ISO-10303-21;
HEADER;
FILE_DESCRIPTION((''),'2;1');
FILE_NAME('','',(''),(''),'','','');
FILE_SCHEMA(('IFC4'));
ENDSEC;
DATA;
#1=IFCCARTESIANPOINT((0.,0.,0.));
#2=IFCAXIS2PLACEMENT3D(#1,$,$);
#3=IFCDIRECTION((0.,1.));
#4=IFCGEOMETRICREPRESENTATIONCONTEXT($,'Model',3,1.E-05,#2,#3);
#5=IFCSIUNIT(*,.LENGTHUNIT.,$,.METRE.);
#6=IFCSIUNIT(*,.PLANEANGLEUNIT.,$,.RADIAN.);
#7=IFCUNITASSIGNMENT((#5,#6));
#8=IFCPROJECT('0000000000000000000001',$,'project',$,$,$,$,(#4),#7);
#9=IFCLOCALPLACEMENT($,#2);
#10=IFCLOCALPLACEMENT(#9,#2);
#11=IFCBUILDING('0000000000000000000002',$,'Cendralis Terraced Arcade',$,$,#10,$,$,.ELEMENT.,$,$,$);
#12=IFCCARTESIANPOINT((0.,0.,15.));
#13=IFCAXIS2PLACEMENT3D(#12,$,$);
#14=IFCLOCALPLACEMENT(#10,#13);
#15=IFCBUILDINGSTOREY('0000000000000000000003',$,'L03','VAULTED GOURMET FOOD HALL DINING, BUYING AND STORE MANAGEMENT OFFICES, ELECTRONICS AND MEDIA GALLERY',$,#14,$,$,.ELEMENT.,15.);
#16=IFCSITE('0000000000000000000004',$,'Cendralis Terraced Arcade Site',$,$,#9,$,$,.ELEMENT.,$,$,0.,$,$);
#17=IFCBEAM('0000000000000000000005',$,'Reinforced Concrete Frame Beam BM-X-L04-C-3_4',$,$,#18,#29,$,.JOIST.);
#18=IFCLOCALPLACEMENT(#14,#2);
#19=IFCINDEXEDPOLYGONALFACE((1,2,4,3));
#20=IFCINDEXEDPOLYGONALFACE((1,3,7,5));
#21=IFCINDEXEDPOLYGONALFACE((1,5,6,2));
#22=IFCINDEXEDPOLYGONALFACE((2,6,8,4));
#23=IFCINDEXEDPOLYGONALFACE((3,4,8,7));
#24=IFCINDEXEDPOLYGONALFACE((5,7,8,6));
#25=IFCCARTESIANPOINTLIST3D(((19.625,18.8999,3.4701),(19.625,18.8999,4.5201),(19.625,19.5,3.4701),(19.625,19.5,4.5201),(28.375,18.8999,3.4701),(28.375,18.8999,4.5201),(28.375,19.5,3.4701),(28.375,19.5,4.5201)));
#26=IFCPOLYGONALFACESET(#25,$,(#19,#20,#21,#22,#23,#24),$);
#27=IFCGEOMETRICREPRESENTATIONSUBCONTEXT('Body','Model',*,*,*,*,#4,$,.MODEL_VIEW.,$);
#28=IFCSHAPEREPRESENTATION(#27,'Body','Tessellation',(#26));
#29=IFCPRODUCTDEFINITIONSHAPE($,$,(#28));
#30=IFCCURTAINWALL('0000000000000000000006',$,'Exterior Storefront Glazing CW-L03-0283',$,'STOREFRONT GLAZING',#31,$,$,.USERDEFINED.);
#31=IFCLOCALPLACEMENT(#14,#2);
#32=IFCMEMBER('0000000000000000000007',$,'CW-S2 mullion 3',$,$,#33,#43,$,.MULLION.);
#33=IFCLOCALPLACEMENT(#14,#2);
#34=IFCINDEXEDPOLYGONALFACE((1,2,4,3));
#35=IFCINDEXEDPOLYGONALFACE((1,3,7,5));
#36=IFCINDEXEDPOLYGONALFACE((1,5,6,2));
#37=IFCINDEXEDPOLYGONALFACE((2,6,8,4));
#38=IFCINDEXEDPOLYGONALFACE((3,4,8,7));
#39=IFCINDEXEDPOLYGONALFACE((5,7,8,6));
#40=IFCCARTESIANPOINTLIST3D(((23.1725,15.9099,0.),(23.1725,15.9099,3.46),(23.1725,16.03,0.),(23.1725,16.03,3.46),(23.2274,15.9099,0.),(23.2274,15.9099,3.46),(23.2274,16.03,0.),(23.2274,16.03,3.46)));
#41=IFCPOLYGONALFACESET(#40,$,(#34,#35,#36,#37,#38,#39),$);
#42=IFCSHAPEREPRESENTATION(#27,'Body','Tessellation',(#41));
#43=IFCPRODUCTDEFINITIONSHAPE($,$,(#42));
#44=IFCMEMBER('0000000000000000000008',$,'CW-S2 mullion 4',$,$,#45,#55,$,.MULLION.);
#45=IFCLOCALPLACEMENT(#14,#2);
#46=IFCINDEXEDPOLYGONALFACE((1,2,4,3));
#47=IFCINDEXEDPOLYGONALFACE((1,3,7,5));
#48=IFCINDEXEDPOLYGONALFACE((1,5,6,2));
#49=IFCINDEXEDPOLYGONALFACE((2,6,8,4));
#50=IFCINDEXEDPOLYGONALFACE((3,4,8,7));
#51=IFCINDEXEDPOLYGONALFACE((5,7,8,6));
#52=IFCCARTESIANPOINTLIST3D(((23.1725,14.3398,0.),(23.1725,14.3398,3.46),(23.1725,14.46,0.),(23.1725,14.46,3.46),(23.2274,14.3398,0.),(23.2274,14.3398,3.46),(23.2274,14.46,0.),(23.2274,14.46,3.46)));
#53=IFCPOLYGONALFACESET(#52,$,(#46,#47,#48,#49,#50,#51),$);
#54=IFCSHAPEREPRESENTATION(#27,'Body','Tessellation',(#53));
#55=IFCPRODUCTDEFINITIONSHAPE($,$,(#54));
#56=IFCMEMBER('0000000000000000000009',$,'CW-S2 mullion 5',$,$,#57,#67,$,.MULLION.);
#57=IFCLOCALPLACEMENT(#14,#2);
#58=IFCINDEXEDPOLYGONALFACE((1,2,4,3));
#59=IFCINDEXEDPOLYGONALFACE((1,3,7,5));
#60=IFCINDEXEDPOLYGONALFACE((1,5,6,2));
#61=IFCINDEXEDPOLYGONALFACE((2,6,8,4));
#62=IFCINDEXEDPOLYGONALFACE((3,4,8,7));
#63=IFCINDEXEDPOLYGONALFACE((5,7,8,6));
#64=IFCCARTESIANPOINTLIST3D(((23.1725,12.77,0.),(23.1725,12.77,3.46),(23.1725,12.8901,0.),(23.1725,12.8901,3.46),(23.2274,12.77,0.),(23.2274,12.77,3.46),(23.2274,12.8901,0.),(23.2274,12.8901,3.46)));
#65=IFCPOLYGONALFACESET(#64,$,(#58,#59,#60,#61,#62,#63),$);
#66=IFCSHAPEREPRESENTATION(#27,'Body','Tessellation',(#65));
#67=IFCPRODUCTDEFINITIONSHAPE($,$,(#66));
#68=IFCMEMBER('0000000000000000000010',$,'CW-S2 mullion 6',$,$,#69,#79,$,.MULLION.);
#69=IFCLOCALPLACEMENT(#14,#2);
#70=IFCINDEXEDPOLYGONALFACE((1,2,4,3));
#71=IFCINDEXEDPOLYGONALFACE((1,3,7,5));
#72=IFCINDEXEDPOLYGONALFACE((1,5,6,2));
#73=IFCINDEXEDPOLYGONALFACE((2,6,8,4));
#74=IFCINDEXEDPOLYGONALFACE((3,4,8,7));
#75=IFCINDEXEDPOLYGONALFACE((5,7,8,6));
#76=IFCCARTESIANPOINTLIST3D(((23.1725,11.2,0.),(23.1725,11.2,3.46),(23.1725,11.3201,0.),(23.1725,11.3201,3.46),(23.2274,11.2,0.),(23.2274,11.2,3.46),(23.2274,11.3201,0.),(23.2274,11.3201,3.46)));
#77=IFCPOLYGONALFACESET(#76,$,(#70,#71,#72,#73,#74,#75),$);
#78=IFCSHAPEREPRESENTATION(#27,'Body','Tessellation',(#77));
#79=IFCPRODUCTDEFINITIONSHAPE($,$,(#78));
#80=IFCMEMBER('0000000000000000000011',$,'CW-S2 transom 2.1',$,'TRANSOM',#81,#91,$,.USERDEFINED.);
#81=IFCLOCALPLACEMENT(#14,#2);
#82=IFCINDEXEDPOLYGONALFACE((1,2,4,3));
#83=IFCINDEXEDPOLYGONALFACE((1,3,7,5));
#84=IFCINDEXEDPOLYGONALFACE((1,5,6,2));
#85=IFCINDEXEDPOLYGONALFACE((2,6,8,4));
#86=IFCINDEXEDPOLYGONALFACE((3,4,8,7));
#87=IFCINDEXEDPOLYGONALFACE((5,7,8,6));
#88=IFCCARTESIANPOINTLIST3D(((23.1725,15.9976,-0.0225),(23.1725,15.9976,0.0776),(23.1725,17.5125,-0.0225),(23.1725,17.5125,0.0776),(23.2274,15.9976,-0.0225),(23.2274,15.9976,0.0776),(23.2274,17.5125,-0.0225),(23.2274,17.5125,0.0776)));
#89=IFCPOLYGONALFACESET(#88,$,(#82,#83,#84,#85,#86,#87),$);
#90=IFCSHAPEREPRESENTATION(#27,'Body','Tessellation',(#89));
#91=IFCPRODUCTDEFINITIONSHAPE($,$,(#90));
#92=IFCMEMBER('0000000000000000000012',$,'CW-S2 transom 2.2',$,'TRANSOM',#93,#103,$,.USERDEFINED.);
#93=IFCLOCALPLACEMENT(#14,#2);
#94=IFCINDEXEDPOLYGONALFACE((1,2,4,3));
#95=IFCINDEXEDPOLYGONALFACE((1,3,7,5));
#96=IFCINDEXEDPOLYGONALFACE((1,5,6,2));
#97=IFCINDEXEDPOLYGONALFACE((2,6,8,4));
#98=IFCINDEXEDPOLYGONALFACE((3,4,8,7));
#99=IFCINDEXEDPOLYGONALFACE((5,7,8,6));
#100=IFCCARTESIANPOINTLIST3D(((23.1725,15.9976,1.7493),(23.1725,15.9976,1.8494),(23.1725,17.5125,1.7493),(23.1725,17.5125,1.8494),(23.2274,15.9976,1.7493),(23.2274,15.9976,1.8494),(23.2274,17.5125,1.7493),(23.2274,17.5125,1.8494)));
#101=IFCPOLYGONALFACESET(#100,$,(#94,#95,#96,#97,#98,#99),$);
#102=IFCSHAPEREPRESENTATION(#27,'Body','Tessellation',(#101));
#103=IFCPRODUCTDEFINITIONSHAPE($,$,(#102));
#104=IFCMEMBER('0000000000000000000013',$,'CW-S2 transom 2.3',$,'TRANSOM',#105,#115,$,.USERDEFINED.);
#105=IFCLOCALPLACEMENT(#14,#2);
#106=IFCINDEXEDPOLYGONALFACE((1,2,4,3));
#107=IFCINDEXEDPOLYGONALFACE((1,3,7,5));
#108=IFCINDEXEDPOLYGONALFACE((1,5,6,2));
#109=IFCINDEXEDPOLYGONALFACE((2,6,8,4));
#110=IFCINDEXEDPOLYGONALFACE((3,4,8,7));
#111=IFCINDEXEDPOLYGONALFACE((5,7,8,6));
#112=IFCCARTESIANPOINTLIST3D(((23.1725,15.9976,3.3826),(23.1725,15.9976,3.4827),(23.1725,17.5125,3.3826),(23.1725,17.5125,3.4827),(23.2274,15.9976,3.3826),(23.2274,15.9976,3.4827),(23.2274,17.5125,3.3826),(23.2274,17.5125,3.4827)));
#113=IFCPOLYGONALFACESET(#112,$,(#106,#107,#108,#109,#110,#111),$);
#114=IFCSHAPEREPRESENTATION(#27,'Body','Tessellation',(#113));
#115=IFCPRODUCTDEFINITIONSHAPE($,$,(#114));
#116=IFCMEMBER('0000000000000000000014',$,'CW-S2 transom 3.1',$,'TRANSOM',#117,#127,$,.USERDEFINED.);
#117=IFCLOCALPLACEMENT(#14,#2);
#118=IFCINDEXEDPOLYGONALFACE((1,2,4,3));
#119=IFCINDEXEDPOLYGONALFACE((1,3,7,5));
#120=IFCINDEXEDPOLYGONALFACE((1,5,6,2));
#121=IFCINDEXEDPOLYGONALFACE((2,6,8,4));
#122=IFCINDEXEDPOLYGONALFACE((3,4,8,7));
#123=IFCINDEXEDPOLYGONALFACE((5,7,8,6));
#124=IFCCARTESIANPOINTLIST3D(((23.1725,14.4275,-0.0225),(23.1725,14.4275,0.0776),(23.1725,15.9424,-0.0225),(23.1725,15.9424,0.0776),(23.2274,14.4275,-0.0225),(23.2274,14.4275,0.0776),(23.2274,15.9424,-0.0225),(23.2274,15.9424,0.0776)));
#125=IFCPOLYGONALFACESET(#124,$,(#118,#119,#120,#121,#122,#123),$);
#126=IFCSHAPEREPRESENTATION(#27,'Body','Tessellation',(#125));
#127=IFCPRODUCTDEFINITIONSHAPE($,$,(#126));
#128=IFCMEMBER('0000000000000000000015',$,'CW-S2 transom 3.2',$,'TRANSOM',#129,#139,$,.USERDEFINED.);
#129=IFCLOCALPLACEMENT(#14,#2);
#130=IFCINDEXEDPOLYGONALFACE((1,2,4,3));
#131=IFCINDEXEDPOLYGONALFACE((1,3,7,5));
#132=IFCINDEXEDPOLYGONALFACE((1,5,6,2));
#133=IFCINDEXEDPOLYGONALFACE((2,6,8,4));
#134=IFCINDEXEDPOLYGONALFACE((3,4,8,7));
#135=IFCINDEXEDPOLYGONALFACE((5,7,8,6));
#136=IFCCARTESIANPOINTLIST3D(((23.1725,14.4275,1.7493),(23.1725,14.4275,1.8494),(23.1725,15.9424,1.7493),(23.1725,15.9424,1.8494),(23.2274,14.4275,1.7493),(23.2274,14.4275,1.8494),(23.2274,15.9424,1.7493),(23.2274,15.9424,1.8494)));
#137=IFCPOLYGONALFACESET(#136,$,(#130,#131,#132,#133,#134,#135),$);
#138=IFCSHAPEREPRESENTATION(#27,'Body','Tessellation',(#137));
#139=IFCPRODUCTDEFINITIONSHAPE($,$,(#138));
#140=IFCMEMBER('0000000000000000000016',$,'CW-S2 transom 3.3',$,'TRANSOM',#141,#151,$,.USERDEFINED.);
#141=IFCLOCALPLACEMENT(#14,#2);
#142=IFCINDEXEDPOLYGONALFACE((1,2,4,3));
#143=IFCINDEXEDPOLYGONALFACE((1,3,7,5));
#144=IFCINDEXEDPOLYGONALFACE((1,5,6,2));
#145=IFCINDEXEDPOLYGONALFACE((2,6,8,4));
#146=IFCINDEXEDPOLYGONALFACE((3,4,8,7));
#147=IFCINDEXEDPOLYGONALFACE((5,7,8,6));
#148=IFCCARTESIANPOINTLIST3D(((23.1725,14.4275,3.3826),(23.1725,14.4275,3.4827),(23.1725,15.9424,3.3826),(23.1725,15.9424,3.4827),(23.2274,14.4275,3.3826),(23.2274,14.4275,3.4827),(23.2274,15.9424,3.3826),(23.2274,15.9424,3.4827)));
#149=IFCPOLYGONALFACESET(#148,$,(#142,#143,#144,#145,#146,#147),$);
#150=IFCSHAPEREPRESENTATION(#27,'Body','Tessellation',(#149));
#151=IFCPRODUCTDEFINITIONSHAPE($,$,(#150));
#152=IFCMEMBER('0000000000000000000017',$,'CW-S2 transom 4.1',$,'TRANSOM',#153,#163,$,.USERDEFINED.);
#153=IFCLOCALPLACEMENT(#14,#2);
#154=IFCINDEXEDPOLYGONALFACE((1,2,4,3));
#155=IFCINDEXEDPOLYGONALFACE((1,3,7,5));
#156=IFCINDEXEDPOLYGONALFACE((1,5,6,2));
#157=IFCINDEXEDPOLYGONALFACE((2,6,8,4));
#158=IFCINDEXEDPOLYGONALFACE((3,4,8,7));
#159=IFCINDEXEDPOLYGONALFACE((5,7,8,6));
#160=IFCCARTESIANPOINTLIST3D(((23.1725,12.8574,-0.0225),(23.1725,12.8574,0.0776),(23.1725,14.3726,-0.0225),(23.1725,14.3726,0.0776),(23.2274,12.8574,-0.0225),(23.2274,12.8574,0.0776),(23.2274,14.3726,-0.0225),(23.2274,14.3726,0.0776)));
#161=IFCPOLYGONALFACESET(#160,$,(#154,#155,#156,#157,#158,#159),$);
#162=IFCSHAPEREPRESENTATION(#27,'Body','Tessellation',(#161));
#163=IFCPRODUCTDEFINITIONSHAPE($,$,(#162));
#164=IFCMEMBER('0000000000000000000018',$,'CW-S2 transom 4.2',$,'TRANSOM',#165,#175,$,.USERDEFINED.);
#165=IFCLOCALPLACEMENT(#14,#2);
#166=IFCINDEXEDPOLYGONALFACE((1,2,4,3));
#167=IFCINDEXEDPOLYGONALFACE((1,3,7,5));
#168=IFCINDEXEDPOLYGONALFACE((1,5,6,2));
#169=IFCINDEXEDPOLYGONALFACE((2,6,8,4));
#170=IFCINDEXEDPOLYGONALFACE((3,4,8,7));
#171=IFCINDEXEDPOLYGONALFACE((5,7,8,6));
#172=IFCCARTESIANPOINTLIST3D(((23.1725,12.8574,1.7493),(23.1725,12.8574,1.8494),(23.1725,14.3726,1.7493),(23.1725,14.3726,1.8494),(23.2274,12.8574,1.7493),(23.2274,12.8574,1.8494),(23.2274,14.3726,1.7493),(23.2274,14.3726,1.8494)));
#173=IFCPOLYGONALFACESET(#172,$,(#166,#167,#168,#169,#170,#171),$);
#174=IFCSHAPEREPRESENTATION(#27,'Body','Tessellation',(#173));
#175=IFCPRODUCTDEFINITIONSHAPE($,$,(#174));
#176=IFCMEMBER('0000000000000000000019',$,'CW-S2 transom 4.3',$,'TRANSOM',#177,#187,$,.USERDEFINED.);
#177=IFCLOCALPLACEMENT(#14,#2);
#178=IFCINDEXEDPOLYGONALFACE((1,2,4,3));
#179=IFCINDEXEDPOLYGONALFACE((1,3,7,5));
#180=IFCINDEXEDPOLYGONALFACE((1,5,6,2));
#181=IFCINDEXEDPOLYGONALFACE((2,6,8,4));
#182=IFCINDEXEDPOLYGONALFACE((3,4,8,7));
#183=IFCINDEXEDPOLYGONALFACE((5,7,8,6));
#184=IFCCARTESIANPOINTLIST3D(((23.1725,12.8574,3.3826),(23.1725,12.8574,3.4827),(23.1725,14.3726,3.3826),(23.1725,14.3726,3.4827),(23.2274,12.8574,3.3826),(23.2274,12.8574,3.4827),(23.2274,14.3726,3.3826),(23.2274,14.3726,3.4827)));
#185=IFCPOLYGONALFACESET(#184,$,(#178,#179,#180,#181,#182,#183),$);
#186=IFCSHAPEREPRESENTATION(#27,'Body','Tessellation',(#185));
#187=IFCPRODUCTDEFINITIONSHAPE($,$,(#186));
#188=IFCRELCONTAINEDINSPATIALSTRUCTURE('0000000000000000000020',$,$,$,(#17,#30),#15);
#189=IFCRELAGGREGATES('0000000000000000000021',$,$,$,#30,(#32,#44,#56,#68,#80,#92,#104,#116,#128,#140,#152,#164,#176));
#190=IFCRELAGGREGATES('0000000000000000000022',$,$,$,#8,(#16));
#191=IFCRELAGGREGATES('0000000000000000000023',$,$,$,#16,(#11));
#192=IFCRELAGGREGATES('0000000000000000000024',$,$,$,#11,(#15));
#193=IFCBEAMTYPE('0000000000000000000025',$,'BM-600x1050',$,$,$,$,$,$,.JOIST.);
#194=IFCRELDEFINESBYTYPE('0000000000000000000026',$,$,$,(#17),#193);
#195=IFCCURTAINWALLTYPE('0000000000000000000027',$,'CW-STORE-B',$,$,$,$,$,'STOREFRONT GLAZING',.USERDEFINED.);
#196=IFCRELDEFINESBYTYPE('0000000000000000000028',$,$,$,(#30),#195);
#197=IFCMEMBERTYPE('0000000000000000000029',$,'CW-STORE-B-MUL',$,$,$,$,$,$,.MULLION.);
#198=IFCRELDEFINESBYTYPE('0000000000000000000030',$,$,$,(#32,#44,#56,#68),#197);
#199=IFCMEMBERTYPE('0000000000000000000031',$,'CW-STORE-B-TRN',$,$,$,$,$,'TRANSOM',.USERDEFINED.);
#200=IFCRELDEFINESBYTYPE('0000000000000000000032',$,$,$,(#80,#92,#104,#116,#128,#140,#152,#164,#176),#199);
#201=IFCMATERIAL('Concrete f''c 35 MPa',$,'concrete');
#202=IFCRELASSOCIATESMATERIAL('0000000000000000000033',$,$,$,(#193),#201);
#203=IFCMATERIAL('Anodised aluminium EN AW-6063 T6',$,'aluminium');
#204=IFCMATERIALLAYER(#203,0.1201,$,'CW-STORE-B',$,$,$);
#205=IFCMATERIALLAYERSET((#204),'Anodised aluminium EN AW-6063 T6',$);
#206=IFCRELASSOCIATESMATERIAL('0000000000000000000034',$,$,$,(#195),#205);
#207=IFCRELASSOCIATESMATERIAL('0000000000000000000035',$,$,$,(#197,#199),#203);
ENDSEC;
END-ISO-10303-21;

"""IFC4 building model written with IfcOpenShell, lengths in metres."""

from ifc_helpers import new_model, si_unit, direction, frame, origin, origin_2d, place, context, subcontext, project, spatial, rectangle, extrude, material, layer, layer_set, material_profile, profile_set, type_object, element, aggregate, save


model = new_model("IFC4")

# Units and contexts
model_context = context("Model", 3, precision=1e-05, world=origin(), true_north=direction((0.0, 1.0)))
body_context = subcontext(model_context, "Body", "Model", "MODEL_VIEW")
ifc_project = project(units=[si_unit("LENGTHUNIT", "METRE"), si_unit("PLANEANGLEUNIT", "RADIAN")], contexts=[model_context])

# Site, building, storey
site_placement = place(None, origin())
site = spatial("IfcSite", under=ifc_project, at=site_placement, Name="Cendralis Terraced Arcade Site", CompositionType="ELEMENT", RefElevation=0.0)
building_placement = place(site_placement, origin())
building = spatial("IfcBuilding", under=site, at=building_placement, Name="Cendralis Terraced Arcade", CompositionType="ELEMENT")
storey_placement = place(building_placement, frame((0.0, 0.0, 15.0)))
storey = spatial("IfcBuildingStorey", under=building, at=storey_placement, Name="L03", Description="VAULTED GOURMET FOOD HALL DINING, BUYING AND STORE MANAGEMENT OFFICES, ELECTRONICS AND MEDIA GALLERY", CompositionType="ELEMENT", Elevation=15.0)

# Beam
ifc_material_1 = material(Name="Concrete f'c 35 MPa", Category="concrete")
ifc_material_profile_1 = material_profile(ifc_material_1, rectangle(XDim=0.6001, YDim=1.05, at=origin_2d()), Name="RC-BM-600x1050", Category="LoadBearing")
ifc_profile_set_1 = profile_set([ifc_material_profile_1], Name="Concrete f'c 35 MPa")
beam_type = type_object("IfcBeamType", Name="BM-600x1050", PredefinedType="JOIST", material=ifc_profile_set_1)
beam_placement = place(storey_placement, frame((19.625, 19.2, 3.9951), z_axis=(1.0, 0.0, 0.0), x_axis=(0.0, 1.0, 0.0)))
element("IfcBeam", 1, at=beam_placement, inside=storey, type_object=beam_type, Name="Reinforced Concrete Frame Beam BM-X-L04-C-3_4", PredefinedType="JOIST", context=body_context, shape_type="SweptSolid", body=[
    extrude(rectangle(XDim=0.6001, YDim=1.05, at=origin_2d()), origin(), (0.0, 0.0, 1.0), 8.75),
])

# Curtain wall, members
ifc_material_2 = material(Name="Anodised aluminium EN AW-6063 T6", Category="aluminium")
ifc_layer_1 = layer(ifc_material_2, 0.1201, Name="CW-STORE-B")
ifc_layer_set_1 = layer_set([ifc_layer_1], Name="Anodised aluminium EN AW-6063 T6")
curtain_wall_type = type_object("IfcCurtainWallType", Name="CW-STORE-B", ElementType="STOREFRONT GLAZING", PredefinedType="USERDEFINED", material=ifc_layer_set_1)
curtain_wall_placement = place(storey_placement, origin())
curtain_wall = element("IfcCurtainWall", 2, at=curtain_wall_placement, inside=storey, type_object=curtain_wall_type, Name="Exterior Storefront Glazing CW-L03-0283", ObjectType="STOREFRONT GLAZING", PredefinedType="USERDEFINED")
ifc_material_profile_2 = material_profile(ifc_material_2, rectangle(XDim=0.0549, YDim=0.1201, at=origin_2d()), Name="ALU-MUL-55x120")
ifc_profile_set_2 = profile_set([ifc_material_profile_2], Name="Anodised aluminium EN AW-6063 T6")
member_type_1 = type_object("IfcMemberType", Name="CW-STORE-B-MUL", PredefinedType="MULLION", material=ifc_profile_set_2)
member_1_placement = place(storey_placement, frame((23.2, 15.97, 0.0), z_axis=(0.0, 0.0, 1.0), x_axis=(1.0, 0.0, 0.0)))
member_1 = element("IfcMember", 3, at=member_1_placement, type_object=member_type_1, Name="CW-S2 mullion 3", PredefinedType="MULLION", context=body_context, shape_type="SweptSolid", body=[
    extrude(rectangle(XDim=0.0549, YDim=0.1201, at=origin_2d()), origin(), (0.0, 0.0, 1.0), 3.46),
])
member_2_placement = place(storey_placement, frame((23.2, 14.3999, 0.0), z_axis=(0.0, 0.0, 1.0), x_axis=(1.0, 0.0, 0.0)))
member_2 = element("IfcMember", 4, at=member_2_placement, type_object=member_type_1, Name="CW-S2 mullion 4", PredefinedType="MULLION", context=body_context, shape_type="SweptSolid", body=[
    extrude(rectangle(XDim=0.0549, YDim=0.1201, at=origin_2d()), origin(), (0.0, 0.0, 1.0), 3.46),
])
member_3_placement = place(storey_placement, frame((23.2, 12.8301, 0.0), z_axis=(0.0, 0.0, 1.0), x_axis=(1.0, 0.0, 0.0)))
member_3 = element("IfcMember", 5, at=member_3_placement, type_object=member_type_1, Name="CW-S2 mullion 5", PredefinedType="MULLION", context=body_context, shape_type="SweptSolid", body=[
    extrude(rectangle(XDim=0.0549, YDim=0.1201, at=origin_2d()), origin(), (0.0, 0.0, 1.0), 3.46),
])
member_4_placement = place(storey_placement, frame((23.2, 11.26, 0.0), z_axis=(0.0, 0.0, 1.0), x_axis=(1.0, 0.0, 0.0)))
member_4 = element("IfcMember", 6, at=member_4_placement, type_object=member_type_1, Name="CW-S2 mullion 6", PredefinedType="MULLION", context=body_context, shape_type="SweptSolid", body=[
    extrude(rectangle(XDim=0.0549, YDim=0.1201, at=origin_2d()), origin(), (0.0, 0.0, 1.0), 3.46),
])
ifc_material_profile_3 = material_profile(ifc_material_2, rectangle(XDim=0.0549, YDim=0.1001, at=origin_2d()), Name="ALU-TRN-55x100")
ifc_profile_set_3 = profile_set([ifc_material_profile_3], Name="Anodised aluminium EN AW-6063 T6")
member_type_2 = type_object("IfcMemberType", Name="CW-STORE-B-TRN", ElementType="TRANSOM", PredefinedType="USERDEFINED", material=ifc_profile_set_3)
member_5_placement = place(storey_placement, frame((23.2, 17.5125, 0.0276), z_axis=(0.0, -1.0, 0.0), x_axis=(1.0, 0.0, 0.0)))
member_5 = element("IfcMember", 7, at=member_5_placement, type_object=member_type_2, Name="CW-S2 transom 2.1", ObjectType="TRANSOM", PredefinedType="USERDEFINED", context=body_context, shape_type="SweptSolid", body=[
    extrude(rectangle(XDim=0.0549, YDim=0.1001, at=origin_2d()), origin(), (0.0, 0.0, 1.0), 1.5149),
])
member_6_placement = place(storey_placement, frame((23.2, 17.5125, 1.7993), z_axis=(0.0, -1.0, 0.0), x_axis=(1.0, 0.0, 0.0)))
member_6 = element("IfcMember", 8, at=member_6_placement, type_object=member_type_2, Name="CW-S2 transom 2.2", ObjectType="TRANSOM", PredefinedType="USERDEFINED", context=body_context, shape_type="SweptSolid", body=[
    extrude(rectangle(XDim=0.0549, YDim=0.1001, at=origin_2d()), origin(), (0.0, 0.0, 1.0), 1.5149),
])
member_7_placement = place(storey_placement, frame((23.2, 17.5125, 3.4326), z_axis=(0.0, -1.0, 0.0), x_axis=(1.0, 0.0, 0.0)))
member_7 = element("IfcMember", 9, at=member_7_placement, type_object=member_type_2, Name="CW-S2 transom 2.3", ObjectType="TRANSOM", PredefinedType="USERDEFINED", context=body_context, shape_type="SweptSolid", body=[
    extrude(rectangle(XDim=0.0549, YDim=0.1001, at=origin_2d()), origin(), (0.0, 0.0, 1.0), 1.5149),
])
member_8_placement = place(storey_placement, frame((23.2, 15.9424, 0.0276), z_axis=(0.0, -1.0, 0.0), x_axis=(1.0, 0.0, 0.0)))
member_8 = element("IfcMember", 10, at=member_8_placement, type_object=member_type_2, Name="CW-S2 transom 3.1", ObjectType="TRANSOM", PredefinedType="USERDEFINED", context=body_context, shape_type="SweptSolid", body=[
    extrude(rectangle(XDim=0.0549, YDim=0.1001, at=origin_2d()), origin(), (0.0, 0.0, 1.0), 1.5149),
])
member_9_placement = place(storey_placement, frame((23.2, 15.9424, 1.7993), z_axis=(0.0, -1.0, 0.0), x_axis=(1.0, 0.0, 0.0)))
member_9 = element("IfcMember", 11, at=member_9_placement, type_object=member_type_2, Name="CW-S2 transom 3.2", ObjectType="TRANSOM", PredefinedType="USERDEFINED", context=body_context, shape_type="SweptSolid", body=[
    extrude(rectangle(XDim=0.0549, YDim=0.1001, at=origin_2d()), origin(), (0.0, 0.0, 1.0), 1.5149),
])
member_10_placement = place(storey_placement, frame((23.2, 15.9424, 3.4326), z_axis=(0.0, -1.0, 0.0), x_axis=(1.0, 0.0, 0.0)))
member_10 = element("IfcMember", 12, at=member_10_placement, type_object=member_type_2, Name="CW-S2 transom 3.3", ObjectType="TRANSOM", PredefinedType="USERDEFINED", context=body_context, shape_type="SweptSolid", body=[
    extrude(rectangle(XDim=0.0549, YDim=0.1001, at=origin_2d()), origin(), (0.0, 0.0, 1.0), 1.5149),
])
member_11_placement = place(storey_placement, frame((23.2, 14.3726, 0.0276), z_axis=(0.0, -1.0, 0.0), x_axis=(1.0, 0.0, 0.0)))
member_11 = element("IfcMember", 13, at=member_11_placement, type_object=member_type_2, Name="CW-S2 transom 4.1", ObjectType="TRANSOM", PredefinedType="USERDEFINED", context=body_context, shape_type="SweptSolid", body=[
    extrude(rectangle(XDim=0.0549, YDim=0.1001, at=origin_2d()), origin(), (0.0, 0.0, 1.0), 1.5151),
])
member_12_placement = place(storey_placement, frame((23.2, 14.3726, 1.7993), z_axis=(0.0, -1.0, 0.0), x_axis=(1.0, 0.0, 0.0)))
member_12 = element("IfcMember", 14, at=member_12_placement, type_object=member_type_2, Name="CW-S2 transom 4.2", ObjectType="TRANSOM", PredefinedType="USERDEFINED", context=body_context, shape_type="SweptSolid", body=[
    extrude(rectangle(XDim=0.0549, YDim=0.1001, at=origin_2d()), origin(), (0.0, 0.0, 1.0), 1.5151),
])
member_13_placement = place(storey_placement, frame((23.2, 14.3726, 3.4326), z_axis=(0.0, -1.0, 0.0), x_axis=(1.0, 0.0, 0.0)))
member_13 = element("IfcMember", 15, at=member_13_placement, type_object=member_type_2, Name="CW-S2 transom 4.3", ObjectType="TRANSOM", PredefinedType="USERDEFINED", context=body_context, shape_type="SweptSolid", body=[
    extrude(rectangle(XDim=0.0549, YDim=0.1001, at=origin_2d()), origin(), (0.0, 0.0, 1.0), 1.5151),
])
aggregate(curtain_wall, [member_1, member_2, member_3, member_4, member_5, member_6, member_7, member_8, member_9, member_10, member_11, member_12, member_13])

save(model, "model.ifc")
